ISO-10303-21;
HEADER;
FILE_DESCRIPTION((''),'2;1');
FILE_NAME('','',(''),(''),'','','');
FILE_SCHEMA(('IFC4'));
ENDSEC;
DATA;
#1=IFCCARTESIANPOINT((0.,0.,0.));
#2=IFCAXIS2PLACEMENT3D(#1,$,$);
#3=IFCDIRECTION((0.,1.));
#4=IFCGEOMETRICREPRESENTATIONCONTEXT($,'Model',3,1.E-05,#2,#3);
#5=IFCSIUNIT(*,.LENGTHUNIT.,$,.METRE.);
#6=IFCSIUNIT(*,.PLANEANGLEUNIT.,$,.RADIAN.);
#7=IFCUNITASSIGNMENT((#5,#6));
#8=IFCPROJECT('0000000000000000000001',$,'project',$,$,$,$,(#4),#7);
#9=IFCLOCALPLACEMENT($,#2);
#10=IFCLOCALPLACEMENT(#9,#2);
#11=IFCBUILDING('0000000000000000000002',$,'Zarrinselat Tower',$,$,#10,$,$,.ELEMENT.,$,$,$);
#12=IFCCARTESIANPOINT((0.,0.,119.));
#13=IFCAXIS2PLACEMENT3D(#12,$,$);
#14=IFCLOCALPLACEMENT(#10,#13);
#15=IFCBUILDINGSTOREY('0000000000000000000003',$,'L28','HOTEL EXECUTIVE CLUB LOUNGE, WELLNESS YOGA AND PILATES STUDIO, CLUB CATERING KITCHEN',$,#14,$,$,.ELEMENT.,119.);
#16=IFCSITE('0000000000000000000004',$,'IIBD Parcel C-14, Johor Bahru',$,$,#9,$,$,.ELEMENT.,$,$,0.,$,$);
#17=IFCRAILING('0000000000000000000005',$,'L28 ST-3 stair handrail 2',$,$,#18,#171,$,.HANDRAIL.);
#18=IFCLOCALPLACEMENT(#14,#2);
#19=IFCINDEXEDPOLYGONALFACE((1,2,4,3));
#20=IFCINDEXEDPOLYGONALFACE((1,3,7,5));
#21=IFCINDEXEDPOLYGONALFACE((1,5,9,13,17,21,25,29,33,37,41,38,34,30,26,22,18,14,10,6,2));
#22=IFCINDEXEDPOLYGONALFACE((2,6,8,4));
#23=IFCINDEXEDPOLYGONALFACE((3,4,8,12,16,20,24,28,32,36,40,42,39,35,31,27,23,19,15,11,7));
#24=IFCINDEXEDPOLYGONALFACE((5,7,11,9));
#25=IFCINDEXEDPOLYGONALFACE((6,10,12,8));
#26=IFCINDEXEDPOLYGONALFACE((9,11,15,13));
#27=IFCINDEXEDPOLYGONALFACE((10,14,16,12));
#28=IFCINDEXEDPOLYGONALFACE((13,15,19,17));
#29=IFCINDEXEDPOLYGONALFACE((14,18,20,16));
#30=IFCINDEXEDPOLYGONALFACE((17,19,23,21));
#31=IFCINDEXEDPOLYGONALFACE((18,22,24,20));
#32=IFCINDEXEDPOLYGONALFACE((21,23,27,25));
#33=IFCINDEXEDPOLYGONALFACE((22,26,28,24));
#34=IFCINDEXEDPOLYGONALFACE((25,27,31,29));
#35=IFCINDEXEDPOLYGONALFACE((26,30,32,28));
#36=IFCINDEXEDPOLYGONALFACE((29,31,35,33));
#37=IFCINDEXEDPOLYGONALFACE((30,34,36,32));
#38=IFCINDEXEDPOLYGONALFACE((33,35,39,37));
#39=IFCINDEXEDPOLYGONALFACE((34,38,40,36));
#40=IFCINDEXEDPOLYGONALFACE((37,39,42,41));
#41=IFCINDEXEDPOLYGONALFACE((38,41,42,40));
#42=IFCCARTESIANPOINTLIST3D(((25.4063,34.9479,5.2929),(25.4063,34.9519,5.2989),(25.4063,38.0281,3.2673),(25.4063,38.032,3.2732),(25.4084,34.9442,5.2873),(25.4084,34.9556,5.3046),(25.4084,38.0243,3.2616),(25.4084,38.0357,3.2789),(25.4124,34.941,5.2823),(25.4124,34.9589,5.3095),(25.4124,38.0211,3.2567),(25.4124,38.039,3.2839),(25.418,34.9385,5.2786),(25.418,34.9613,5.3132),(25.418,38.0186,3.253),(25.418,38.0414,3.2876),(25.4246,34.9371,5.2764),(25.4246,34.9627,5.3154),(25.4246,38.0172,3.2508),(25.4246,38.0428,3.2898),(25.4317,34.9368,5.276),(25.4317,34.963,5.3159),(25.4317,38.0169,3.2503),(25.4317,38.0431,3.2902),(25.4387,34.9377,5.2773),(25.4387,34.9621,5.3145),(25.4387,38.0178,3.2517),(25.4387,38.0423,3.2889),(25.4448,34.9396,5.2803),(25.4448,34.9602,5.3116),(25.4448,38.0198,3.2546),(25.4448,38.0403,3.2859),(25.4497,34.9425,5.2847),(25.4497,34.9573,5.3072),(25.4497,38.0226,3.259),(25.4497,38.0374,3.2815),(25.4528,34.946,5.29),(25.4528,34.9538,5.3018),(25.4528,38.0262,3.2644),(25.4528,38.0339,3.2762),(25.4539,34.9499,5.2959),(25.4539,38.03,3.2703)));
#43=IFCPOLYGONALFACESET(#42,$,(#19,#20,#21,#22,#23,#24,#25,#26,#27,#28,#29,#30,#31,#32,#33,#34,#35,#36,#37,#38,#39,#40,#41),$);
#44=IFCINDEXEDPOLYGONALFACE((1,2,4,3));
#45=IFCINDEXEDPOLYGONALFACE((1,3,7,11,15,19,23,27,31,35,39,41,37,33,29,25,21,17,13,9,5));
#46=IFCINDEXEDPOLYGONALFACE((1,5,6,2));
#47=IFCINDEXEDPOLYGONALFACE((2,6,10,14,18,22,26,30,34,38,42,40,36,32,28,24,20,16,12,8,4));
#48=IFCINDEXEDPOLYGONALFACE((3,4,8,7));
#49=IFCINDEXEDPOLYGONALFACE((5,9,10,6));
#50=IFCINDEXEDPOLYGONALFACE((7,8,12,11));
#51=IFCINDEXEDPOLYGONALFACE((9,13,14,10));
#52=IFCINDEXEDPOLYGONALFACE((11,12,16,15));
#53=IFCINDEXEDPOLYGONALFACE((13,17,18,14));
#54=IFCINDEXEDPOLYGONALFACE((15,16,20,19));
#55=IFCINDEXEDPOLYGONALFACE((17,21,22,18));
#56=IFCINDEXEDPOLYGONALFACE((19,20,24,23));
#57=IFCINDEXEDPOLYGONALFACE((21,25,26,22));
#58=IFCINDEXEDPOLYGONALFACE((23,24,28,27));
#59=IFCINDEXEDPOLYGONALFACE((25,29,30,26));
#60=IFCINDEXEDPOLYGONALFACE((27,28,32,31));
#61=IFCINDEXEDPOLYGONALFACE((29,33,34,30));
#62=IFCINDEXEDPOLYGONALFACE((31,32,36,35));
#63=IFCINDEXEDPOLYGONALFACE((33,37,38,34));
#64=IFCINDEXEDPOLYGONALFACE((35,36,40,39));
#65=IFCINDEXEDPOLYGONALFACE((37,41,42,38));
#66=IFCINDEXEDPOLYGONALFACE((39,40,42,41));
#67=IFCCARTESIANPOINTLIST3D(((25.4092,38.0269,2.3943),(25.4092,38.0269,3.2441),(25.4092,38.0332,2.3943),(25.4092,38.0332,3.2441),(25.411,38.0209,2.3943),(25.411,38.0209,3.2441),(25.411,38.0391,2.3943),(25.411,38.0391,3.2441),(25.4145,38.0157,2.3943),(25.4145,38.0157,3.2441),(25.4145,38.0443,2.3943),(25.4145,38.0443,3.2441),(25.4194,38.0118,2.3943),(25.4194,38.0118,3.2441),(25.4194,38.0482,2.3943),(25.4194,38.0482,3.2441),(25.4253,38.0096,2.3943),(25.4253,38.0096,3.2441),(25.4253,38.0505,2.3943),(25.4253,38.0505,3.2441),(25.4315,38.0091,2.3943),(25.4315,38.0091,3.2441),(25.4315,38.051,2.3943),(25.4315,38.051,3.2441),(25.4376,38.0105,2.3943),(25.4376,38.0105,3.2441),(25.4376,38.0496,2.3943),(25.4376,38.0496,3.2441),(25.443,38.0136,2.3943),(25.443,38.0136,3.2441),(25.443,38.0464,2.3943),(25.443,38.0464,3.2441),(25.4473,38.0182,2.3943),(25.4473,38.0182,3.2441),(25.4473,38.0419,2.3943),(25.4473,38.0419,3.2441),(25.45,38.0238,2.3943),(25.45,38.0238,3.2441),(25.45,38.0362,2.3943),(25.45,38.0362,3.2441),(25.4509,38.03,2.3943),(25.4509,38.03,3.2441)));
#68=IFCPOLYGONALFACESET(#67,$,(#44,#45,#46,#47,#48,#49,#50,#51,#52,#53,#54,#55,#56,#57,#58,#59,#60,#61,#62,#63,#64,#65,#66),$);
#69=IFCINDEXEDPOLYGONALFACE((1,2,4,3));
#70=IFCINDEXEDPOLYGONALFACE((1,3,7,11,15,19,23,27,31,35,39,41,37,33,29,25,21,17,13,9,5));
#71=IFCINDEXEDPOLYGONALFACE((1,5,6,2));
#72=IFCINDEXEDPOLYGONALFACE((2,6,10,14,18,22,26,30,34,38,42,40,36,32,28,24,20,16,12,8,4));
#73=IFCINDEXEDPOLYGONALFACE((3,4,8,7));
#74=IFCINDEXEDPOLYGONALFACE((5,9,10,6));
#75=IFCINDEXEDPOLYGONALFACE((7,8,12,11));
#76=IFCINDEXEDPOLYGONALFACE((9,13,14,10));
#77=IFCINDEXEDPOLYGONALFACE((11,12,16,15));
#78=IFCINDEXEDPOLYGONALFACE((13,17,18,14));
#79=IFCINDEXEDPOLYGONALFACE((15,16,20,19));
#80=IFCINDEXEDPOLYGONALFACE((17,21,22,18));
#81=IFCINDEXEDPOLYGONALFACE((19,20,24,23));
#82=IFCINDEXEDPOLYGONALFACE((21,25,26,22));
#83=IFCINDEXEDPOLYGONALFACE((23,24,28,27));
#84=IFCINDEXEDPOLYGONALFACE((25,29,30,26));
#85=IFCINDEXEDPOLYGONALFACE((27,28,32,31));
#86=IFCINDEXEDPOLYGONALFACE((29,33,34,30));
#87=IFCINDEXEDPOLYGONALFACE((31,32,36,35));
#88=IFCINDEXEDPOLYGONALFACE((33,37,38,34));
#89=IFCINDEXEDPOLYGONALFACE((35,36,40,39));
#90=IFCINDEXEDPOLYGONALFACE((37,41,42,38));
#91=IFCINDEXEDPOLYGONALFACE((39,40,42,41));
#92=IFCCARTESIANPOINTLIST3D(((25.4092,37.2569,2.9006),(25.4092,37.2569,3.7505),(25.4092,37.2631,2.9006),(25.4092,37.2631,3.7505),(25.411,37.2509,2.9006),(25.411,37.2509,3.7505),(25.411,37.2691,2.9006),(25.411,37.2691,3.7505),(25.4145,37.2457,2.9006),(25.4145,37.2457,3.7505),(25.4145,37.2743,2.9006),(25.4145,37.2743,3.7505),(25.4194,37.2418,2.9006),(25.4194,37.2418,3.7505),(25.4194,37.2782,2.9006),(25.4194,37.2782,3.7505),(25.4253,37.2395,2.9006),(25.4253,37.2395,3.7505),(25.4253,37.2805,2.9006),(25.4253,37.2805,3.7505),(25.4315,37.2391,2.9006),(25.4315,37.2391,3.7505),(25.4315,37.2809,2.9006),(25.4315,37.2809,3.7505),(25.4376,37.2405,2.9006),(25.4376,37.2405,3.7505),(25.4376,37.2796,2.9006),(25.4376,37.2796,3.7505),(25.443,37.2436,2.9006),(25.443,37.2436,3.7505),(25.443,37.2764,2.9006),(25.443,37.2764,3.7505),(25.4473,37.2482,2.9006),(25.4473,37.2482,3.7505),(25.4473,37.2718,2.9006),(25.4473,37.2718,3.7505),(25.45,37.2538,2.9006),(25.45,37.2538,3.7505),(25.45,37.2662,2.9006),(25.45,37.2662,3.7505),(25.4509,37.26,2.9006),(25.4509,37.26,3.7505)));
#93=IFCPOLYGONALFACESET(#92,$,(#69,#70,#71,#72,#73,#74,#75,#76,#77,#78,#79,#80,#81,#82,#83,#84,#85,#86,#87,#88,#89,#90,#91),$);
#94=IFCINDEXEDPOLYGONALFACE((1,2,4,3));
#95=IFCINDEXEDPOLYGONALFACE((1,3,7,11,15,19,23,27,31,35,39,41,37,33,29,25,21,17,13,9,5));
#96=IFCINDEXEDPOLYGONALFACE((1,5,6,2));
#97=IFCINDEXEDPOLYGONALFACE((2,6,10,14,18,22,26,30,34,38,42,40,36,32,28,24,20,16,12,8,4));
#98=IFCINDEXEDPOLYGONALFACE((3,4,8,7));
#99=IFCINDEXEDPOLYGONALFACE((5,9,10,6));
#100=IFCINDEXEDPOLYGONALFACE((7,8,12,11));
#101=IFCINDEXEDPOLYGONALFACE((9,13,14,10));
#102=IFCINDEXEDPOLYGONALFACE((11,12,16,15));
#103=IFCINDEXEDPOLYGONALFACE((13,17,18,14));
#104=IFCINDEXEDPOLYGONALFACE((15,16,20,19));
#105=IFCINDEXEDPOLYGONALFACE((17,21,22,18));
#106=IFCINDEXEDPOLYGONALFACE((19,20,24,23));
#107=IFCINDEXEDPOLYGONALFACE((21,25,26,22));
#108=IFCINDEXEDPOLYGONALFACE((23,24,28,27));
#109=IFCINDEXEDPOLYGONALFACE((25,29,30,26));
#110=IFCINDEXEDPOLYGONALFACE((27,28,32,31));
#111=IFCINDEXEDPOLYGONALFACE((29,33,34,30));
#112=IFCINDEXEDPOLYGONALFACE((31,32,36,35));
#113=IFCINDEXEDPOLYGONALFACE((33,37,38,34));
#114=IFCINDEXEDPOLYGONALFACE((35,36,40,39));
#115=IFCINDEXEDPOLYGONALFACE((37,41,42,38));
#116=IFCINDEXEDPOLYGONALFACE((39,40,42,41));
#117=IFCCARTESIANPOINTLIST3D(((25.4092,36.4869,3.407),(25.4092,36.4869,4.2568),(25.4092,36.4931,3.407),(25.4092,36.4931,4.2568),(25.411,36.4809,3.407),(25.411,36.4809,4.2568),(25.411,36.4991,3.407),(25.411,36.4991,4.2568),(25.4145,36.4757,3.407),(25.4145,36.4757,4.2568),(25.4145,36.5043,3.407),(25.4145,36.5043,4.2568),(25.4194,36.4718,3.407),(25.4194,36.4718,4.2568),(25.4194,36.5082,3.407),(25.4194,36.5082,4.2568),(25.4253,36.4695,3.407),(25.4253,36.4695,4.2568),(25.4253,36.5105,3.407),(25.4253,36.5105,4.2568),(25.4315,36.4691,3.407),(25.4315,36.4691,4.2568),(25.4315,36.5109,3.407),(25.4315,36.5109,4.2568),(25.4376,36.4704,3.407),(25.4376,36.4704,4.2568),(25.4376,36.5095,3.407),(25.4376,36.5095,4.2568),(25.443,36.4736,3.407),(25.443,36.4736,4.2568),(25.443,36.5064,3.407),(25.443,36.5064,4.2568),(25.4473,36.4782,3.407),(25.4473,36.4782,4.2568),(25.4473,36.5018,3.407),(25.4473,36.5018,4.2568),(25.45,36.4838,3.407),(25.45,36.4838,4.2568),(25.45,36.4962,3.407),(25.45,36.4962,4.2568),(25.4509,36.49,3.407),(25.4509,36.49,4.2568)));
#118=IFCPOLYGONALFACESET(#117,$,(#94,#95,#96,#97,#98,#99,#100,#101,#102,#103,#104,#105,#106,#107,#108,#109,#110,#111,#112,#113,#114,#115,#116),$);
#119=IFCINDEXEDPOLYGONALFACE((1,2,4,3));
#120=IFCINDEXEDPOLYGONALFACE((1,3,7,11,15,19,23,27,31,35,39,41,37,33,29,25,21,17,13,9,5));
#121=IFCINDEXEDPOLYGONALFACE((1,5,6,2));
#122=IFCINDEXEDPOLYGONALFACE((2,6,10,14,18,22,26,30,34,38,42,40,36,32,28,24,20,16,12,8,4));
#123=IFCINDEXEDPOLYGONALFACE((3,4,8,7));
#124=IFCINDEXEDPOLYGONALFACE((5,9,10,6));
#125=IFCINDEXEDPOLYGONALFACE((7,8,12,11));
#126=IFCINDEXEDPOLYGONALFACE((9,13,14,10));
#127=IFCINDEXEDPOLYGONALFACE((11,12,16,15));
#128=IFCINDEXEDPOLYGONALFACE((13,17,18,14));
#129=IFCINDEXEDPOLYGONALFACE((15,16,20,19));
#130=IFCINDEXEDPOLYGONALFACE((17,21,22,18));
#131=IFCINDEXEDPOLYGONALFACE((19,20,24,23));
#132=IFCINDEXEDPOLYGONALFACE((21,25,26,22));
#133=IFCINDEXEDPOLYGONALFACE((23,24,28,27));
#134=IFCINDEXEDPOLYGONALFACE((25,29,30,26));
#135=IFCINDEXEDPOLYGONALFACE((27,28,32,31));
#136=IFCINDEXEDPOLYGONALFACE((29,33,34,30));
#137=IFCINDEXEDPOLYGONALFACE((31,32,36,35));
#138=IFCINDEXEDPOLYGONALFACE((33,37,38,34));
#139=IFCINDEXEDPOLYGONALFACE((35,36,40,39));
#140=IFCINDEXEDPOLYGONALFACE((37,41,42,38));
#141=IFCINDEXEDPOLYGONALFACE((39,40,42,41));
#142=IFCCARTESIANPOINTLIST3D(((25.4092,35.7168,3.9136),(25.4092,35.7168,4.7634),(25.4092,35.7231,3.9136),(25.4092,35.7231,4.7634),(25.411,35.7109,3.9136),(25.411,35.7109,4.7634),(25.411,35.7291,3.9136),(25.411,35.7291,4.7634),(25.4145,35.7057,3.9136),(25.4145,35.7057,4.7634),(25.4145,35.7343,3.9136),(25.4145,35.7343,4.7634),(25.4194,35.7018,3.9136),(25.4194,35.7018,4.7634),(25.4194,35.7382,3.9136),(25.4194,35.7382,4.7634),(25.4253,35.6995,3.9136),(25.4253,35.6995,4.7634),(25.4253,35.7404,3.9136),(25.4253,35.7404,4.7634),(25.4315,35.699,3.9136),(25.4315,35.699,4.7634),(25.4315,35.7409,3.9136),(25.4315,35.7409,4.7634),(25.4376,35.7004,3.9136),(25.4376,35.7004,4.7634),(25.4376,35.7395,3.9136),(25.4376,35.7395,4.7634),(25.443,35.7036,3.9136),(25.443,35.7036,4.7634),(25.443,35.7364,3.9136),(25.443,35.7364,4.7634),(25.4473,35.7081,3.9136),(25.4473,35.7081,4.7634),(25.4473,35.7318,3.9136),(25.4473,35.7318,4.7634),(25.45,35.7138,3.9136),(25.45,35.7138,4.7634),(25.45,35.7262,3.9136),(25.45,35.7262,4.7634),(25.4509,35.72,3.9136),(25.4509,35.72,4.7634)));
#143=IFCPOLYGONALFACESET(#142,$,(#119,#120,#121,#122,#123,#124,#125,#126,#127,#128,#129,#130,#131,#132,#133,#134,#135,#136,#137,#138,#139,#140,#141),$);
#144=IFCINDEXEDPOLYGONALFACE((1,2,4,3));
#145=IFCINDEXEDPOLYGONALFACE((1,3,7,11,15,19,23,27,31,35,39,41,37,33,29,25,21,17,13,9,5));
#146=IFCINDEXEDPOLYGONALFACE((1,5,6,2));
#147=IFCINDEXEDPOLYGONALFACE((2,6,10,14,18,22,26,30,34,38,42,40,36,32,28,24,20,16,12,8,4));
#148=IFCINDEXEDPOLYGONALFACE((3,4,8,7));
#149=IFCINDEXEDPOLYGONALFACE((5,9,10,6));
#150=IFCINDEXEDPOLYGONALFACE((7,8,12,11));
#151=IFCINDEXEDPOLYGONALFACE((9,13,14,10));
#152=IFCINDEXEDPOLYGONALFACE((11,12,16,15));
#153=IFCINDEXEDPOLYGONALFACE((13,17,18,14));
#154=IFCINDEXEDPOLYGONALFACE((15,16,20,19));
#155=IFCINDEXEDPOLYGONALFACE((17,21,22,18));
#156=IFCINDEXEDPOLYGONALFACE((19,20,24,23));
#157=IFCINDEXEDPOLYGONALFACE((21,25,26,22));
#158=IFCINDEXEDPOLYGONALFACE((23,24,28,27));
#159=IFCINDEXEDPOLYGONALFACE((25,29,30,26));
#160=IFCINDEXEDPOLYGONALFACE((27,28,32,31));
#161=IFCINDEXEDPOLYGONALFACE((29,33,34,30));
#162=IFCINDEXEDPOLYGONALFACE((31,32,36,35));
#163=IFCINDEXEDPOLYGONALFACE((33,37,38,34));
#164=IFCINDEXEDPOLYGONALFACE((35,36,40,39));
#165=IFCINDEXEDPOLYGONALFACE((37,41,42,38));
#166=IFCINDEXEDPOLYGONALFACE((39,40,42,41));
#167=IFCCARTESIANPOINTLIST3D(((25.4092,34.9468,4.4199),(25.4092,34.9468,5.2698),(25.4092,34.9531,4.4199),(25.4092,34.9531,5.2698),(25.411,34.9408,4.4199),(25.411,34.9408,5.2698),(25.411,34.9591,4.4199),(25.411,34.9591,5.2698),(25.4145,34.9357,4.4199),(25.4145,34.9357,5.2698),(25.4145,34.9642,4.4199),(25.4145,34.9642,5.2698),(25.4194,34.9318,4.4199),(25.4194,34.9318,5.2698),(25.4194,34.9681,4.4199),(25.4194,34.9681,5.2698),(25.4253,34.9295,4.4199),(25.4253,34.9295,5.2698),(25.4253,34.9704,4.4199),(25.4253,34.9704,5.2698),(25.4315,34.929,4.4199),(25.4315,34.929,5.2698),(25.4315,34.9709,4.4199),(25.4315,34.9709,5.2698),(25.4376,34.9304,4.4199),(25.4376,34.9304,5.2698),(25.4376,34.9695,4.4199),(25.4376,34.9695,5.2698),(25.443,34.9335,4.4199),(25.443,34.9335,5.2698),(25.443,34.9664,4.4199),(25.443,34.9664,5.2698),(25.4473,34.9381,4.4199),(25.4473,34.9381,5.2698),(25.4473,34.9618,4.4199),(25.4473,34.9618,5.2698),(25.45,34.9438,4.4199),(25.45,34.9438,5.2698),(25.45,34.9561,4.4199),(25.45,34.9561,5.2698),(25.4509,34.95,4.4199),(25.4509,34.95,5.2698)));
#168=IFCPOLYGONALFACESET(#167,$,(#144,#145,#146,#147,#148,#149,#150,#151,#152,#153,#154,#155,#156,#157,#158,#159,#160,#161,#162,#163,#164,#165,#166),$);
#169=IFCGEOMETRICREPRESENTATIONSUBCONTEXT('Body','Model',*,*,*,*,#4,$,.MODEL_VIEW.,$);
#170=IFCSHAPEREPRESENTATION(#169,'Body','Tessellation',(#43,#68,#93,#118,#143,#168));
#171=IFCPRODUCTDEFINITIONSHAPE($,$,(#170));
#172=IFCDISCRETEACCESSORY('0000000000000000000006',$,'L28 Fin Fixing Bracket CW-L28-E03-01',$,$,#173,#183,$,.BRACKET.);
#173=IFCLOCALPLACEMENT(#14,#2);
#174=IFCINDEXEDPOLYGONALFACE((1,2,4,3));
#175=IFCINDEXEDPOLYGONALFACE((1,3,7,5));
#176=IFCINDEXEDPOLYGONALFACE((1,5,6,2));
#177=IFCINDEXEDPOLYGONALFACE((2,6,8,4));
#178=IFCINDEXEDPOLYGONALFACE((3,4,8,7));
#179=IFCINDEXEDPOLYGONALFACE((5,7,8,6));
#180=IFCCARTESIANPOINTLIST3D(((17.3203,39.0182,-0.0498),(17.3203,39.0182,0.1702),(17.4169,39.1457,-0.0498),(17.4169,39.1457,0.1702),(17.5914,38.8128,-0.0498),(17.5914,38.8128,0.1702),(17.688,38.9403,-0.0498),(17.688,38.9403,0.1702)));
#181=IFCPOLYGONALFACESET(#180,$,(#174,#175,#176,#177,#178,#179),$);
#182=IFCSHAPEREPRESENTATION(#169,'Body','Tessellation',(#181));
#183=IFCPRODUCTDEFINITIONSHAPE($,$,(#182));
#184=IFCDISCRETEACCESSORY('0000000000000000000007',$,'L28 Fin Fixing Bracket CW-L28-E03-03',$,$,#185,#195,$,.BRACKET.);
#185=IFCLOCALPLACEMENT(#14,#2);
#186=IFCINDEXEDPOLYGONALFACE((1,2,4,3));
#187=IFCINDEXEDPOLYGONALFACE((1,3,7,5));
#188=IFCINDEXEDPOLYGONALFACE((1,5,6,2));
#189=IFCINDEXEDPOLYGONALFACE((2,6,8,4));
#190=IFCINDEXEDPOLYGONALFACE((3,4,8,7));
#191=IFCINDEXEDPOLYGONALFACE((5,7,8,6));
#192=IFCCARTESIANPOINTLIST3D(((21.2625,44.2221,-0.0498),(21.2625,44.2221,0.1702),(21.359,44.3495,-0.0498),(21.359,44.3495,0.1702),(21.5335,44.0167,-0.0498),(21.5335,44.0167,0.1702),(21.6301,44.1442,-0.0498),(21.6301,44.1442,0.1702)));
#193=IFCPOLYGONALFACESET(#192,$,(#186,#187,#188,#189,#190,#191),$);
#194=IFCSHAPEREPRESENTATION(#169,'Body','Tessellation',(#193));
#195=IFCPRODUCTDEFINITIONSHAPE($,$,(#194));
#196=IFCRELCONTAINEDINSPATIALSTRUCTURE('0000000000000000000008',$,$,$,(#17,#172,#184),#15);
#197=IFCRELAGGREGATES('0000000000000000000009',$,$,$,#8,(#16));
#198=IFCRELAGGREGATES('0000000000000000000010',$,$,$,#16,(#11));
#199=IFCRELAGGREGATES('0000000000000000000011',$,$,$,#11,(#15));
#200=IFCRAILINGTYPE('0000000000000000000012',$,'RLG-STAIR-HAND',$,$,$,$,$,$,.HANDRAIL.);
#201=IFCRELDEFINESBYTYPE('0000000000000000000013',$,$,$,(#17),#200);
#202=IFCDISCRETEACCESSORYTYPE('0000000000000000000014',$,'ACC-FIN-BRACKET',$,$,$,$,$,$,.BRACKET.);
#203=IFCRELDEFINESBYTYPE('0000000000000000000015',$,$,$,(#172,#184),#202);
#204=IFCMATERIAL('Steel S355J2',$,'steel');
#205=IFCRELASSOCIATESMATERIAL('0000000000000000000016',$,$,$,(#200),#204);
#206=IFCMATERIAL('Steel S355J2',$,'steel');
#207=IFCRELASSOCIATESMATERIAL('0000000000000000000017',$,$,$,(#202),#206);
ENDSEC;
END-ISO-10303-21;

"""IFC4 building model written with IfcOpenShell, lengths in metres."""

from ifc_helpers import new_model, si_unit, direction, frame, origin, origin_2d, place, context, subcontext, project, spatial, rectangle, circle, extrude, material, type_object, element, save


model = new_model("IFC4")

# Units and contexts
model_context = context("Model", 3, precision=1e-05, world=origin(), true_north=direction((0.0, 1.0)))
body_context = subcontext(model_context, "Body", "Model", "MODEL_VIEW")
ifc_project = project(units=[si_unit("LENGTHUNIT", "METRE"), si_unit("PLANEANGLEUNIT", "RADIAN")], contexts=[model_context])

# Site, building, storey
site_placement = place(None, origin())
site = spatial("IfcSite", under=ifc_project, at=site_placement, Name="IIBD Parcel C-14, Johor Bahru", CompositionType="ELEMENT", RefElevation=0.0)
building_placement = place(site_placement, origin())
building = spatial("IfcBuilding", under=site, at=building_placement, Name="Zarrinselat Tower", CompositionType="ELEMENT")
storey_placement = place(building_placement, frame((0.0, 0.0, 119.0)))
storey = spatial("IfcBuildingStorey", under=building, at=storey_placement, Name="L28", Description="HOTEL EXECUTIVE CLUB LOUNGE, WELLNESS YOGA AND PILATES STUDIO, CLUB CATERING KITCHEN", CompositionType="ELEMENT", Elevation=119.0)

# Railing
ifc_material_1 = material(Name="Steel S355J2", Category="steel")
railing_type_1 = type_object("IfcRailingType", Name="RLG-STAIR-HAND", PredefinedType="HANDRAIL", material=ifc_material_1)
railing_1_placement = place(storey_placement, frame((25.4299, 38.03, 2.3943)))
element("IfcRailing", 1, at=railing_1_placement, inside=storey, type_object=railing_type_1, Name="L28 ST-3 stair handrail 2", PredefinedType="HANDRAIL", context=body_context, shape_type="SweptSolid", body=[
    extrude(circle(Radius=0.0239, at=origin_2d()), frame((0.0, 0.0, 0.876), z_axis=(0.0, -0.835508, 0.549478), x_axis=(1.0, 0.0, 0.0)), (0.0, 0.0, 1.0), 3.6865),
    extrude(circle(Radius=0.021, at=origin_2d()), origin(), (0.0, 0.0, 1.0), 0.8499),
    extrude(circle(Radius=0.021, at=origin_2d()), frame((0.0, -0.77, 0.5063)), (0.0, 0.0, 1.0), 0.8499),
    extrude(circle(Radius=0.021, at=origin_2d()), frame((0.0, -1.54, 1.0127)), (0.0, 0.0, 1.0), 0.8499),
    extrude(circle(Radius=0.021, at=origin_2d()), frame((0.0, -2.3101, 1.5193)), (0.0, 0.0, 1.0), 0.8499),
    extrude(circle(Radius=0.021, at=origin_2d()), frame((0.0, -3.0801, 2.0256)), (0.0, 0.0, 1.0), 0.8499),
])

# Discrete accessories
ifc_material_2 = material(Name="Steel S355J2", Category="steel")
discrete_accessory_type = type_object("IfcDiscreteAccessoryType", Name="ACC-FIN-BRACKET", PredefinedType="BRACKET", material=ifc_material_2)
for number, where, z_axis, x_axis, name in (
    (2, (17.5042, 38.9792, -0.0498), (0.0, 0.0, 1.0), (-0.797093, 0.603857, 0.0), "L28 Fin Fixing Bracket CW-L28-E03-01"),
    (3, (21.4463, 44.1831, -0.0498), (0.0, 0.0, 1.0), (-0.797093, 0.603857, 0.0), "L28 Fin Fixing Bracket CW-L28-E03-03"),
):
    element("IfcDiscreteAccessory", number, at=place(storey_placement, frame(where, z_axis=z_axis, x_axis=x_axis)), inside=storey, type_object=discrete_accessory_type, Name=name, PredefinedType="BRACKET", context=body_context, shape_type="SweptSolid", body=[
        extrude(rectangle(XDim=0.3401, YDim=0.1599, at=origin_2d()), origin(), (0.0, 0.0, 1.0), 0.22),
    ])

save(model, "model.ifc")
